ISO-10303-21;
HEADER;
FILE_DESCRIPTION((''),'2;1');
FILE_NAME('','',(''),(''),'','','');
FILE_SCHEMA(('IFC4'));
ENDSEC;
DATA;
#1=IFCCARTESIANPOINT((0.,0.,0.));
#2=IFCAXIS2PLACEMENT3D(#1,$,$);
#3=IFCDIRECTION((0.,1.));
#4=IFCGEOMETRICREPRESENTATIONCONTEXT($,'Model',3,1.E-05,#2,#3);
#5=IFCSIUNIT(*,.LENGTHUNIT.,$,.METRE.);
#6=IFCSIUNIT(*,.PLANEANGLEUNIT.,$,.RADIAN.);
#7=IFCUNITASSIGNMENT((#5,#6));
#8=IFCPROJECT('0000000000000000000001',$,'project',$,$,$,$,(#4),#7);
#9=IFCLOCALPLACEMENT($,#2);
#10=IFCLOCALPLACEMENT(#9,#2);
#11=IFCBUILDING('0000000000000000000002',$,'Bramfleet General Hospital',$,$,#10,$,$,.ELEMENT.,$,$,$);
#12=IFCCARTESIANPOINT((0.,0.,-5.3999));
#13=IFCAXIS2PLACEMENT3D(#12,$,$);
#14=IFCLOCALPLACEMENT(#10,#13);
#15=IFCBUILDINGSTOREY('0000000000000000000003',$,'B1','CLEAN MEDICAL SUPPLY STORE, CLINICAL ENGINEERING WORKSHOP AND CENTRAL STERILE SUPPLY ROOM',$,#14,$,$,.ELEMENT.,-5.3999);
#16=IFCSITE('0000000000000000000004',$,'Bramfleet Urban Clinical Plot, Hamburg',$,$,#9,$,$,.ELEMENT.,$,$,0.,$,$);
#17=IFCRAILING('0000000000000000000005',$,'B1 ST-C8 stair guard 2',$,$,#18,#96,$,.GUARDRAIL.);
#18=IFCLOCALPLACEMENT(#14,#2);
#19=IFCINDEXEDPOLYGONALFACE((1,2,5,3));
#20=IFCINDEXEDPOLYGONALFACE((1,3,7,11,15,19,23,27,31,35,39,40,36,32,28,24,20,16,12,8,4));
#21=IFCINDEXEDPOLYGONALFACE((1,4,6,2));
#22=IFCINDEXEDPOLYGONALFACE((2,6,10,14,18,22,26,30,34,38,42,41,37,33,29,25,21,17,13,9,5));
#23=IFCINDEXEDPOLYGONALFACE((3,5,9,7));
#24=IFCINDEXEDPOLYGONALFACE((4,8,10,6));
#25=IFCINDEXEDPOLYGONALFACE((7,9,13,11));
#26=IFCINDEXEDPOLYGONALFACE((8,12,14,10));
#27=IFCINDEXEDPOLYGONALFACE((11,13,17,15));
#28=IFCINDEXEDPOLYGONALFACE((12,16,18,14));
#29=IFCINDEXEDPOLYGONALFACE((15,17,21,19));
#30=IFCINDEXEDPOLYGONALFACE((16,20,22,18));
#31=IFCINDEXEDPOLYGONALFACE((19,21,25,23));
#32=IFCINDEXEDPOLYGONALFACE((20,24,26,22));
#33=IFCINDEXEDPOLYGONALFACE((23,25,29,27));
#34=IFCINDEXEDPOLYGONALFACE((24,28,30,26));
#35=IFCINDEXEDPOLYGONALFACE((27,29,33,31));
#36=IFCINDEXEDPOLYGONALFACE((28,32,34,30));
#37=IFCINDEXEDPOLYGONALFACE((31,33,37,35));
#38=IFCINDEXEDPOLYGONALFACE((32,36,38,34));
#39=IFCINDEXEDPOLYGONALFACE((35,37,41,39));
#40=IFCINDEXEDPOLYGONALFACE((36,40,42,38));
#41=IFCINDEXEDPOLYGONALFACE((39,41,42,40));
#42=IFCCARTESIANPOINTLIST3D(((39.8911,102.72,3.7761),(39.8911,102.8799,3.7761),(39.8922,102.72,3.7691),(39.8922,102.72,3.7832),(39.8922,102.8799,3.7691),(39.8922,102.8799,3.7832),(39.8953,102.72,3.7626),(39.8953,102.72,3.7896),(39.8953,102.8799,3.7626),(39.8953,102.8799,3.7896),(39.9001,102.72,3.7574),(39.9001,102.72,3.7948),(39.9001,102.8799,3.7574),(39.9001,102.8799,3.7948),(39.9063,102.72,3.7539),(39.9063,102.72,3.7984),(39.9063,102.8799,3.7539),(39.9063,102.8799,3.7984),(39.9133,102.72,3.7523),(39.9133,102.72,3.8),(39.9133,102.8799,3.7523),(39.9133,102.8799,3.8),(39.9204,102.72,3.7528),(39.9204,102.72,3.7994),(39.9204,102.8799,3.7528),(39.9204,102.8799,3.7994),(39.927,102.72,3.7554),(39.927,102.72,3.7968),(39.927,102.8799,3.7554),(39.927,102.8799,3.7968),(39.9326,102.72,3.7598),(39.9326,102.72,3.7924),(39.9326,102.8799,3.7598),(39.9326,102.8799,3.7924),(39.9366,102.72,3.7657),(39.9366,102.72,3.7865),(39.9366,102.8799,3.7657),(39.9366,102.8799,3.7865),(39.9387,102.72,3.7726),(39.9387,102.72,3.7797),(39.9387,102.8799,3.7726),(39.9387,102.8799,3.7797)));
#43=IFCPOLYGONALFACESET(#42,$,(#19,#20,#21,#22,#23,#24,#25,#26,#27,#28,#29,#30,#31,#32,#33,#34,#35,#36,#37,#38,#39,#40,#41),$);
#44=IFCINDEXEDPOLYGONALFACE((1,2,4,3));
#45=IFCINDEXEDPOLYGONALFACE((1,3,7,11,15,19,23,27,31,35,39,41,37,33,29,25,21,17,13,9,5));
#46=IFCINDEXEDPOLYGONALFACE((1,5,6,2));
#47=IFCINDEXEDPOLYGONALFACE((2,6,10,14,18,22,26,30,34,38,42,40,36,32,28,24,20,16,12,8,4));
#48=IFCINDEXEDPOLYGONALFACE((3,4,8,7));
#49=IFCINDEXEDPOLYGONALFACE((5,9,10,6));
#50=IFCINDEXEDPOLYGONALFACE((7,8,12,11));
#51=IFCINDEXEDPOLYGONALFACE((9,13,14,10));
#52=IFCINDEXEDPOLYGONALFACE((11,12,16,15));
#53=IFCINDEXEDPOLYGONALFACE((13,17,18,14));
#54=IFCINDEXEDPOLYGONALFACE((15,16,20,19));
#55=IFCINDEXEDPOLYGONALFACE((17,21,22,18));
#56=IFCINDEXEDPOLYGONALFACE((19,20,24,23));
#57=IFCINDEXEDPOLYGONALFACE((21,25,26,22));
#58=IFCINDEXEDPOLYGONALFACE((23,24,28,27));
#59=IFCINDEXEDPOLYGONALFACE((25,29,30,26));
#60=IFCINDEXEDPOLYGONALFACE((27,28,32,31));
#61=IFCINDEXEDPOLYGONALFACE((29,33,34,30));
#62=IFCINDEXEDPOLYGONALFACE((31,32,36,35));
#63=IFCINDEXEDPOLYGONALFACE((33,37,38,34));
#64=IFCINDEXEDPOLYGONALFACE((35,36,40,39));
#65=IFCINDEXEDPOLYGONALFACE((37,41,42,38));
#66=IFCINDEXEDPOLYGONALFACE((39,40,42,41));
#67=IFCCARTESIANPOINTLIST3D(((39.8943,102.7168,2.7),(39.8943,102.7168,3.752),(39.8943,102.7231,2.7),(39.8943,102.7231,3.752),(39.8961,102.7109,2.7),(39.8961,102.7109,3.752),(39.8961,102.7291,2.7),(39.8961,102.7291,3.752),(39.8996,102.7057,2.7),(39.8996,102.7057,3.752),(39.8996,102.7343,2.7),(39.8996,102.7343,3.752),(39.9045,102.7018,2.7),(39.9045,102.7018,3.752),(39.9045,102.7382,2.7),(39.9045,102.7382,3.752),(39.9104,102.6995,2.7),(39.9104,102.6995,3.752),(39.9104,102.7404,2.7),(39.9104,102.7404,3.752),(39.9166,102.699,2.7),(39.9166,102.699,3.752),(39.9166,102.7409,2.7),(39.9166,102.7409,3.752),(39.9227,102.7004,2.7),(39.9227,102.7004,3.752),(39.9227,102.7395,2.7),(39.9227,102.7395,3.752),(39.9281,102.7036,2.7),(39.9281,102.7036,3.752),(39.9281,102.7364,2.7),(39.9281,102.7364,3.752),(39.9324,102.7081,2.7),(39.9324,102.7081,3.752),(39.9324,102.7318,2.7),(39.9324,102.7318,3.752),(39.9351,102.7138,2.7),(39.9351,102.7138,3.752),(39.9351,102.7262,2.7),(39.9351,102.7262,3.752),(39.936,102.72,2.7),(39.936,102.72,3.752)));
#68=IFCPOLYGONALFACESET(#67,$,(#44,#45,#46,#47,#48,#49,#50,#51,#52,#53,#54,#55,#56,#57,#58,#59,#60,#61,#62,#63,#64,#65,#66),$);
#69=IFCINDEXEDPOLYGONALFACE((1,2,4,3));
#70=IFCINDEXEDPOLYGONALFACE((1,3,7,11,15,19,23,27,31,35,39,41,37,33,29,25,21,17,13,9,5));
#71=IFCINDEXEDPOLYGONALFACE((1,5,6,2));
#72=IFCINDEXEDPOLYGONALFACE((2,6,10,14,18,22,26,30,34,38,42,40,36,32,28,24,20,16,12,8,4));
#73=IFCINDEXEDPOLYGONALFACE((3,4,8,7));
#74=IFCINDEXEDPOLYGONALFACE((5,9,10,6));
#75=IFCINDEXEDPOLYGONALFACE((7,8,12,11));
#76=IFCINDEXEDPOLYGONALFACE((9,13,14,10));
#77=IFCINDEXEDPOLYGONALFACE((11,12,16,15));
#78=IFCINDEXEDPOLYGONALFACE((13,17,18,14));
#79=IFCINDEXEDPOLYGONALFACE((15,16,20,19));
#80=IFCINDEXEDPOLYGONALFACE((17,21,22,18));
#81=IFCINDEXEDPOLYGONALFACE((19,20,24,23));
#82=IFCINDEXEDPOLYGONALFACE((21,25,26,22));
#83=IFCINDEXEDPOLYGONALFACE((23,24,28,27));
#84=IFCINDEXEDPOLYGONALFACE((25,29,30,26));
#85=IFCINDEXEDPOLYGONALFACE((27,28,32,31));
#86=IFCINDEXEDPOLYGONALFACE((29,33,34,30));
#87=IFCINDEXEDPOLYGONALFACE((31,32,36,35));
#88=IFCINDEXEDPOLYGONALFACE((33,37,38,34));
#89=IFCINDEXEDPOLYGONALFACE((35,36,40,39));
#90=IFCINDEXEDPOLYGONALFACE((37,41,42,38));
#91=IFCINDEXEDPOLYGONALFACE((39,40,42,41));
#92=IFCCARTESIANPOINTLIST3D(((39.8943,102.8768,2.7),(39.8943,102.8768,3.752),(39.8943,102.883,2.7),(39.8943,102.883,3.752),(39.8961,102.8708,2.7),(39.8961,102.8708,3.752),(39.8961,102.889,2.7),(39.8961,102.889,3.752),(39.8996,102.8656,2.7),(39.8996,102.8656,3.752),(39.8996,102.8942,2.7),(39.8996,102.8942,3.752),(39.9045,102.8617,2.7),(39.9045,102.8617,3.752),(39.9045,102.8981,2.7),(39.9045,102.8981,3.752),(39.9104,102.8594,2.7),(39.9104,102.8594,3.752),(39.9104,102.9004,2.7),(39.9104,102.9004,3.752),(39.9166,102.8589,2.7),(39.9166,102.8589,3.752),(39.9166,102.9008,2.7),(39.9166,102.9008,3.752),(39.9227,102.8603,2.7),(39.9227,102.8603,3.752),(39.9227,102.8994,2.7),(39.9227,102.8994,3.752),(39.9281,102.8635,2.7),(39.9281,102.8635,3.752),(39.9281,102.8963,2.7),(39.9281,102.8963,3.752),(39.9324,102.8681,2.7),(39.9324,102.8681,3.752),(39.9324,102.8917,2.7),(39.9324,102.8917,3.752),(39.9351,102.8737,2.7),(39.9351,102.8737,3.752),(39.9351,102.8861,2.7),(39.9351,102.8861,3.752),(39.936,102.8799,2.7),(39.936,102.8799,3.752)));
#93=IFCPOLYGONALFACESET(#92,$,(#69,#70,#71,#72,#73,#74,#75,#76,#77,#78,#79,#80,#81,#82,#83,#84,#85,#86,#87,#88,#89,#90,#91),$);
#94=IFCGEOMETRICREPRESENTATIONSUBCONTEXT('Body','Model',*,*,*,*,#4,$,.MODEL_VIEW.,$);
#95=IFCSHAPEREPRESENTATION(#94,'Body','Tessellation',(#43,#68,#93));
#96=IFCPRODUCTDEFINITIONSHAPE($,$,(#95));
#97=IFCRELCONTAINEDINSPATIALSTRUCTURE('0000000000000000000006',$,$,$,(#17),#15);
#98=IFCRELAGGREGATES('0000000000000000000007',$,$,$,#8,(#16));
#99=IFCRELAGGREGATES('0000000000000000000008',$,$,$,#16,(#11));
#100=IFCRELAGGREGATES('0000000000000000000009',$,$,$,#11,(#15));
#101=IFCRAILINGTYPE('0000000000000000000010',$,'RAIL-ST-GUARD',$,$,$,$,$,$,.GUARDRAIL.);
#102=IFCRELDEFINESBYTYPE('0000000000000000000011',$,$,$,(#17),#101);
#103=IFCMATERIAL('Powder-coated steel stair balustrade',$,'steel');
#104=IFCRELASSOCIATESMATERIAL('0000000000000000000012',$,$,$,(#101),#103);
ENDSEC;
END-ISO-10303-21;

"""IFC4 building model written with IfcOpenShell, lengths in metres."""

from ifc_helpers import new_model, si_unit, direction, frame, origin, origin_2d, place, context, subcontext, project, spatial, circle, extrude, material, type_object, element, save


model = new_model("IFC4")

# Units and contexts
model_context = context("Model", 3, precision=1e-05, world=origin(), true_north=direction((0.0, 1.0)))
body_context = subcontext(model_context, "Body", "Model", "MODEL_VIEW")
ifc_project = project(units=[si_unit("LENGTHUNIT", "METRE"), si_unit("PLANEANGLEUNIT", "RADIAN")], contexts=[model_context])

# Site, building, storey
site_placement = place(None, origin())
site = spatial("IfcSite", under=ifc_project, at=site_placement, Name="Bramfleet Urban Clinical Plot, Hamburg", CompositionType="ELEMENT", RefElevation=0.0)
building_placement = place(site_placement, origin())
building = spatial("IfcBuilding", under=site, at=building_placement, Name="Bramfleet General Hospital", CompositionType="ELEMENT")
storey_placement = place(building_placement, frame((0.0, 0.0, -5.3999)))
storey = spatial("IfcBuildingStorey", under=building, at=storey_placement, Name="B1", Description="CLEAN MEDICAL SUPPLY STORE, CLINICAL ENGINEERING WORKSHOP AND CENTRAL STERILE SUPPLY ROOM", CompositionType="ELEMENT", Elevation=-5.3999)

# Railing
ifc_material_1 = material(Name="Powder-coated steel stair balustrade", Category="steel")
railing_type_1 = type_object("IfcRailingType", Name="RAIL-ST-GUARD", PredefinedType="GUARDRAIL", material=ifc_material_1)
railing_1_placement = place(storey_placement, frame((39.915, 102.72, 2.7)))
element("IfcRailing", 1, at=railing_1_placement, inside=storey, type_object=railing_type_1, Name="B1 ST-C8 stair guard 2", PredefinedType="GUARDRAIL", context=body_context, shape_type="SweptSolid", body=[
    extrude(circle(Radius=0.0239, at=origin_2d()), frame((0.0, 0.0, 1.0762), z_axis=(0.0, 1.0, 0.0), x_axis=(-1.0, 0.0, 0.0)), (0.0, 0.0, 1.0), 0.1599),
    extrude(circle(Radius=0.021, at=origin_2d()), origin(), (0.0, 0.0, 1.0), 1.052),
    extrude(circle(Radius=0.021, at=origin_2d()), frame((0.0, 0.1599, 0.0)), (0.0, 0.0, 1.0), 1.052),
])

save(model, "model.ifc")
